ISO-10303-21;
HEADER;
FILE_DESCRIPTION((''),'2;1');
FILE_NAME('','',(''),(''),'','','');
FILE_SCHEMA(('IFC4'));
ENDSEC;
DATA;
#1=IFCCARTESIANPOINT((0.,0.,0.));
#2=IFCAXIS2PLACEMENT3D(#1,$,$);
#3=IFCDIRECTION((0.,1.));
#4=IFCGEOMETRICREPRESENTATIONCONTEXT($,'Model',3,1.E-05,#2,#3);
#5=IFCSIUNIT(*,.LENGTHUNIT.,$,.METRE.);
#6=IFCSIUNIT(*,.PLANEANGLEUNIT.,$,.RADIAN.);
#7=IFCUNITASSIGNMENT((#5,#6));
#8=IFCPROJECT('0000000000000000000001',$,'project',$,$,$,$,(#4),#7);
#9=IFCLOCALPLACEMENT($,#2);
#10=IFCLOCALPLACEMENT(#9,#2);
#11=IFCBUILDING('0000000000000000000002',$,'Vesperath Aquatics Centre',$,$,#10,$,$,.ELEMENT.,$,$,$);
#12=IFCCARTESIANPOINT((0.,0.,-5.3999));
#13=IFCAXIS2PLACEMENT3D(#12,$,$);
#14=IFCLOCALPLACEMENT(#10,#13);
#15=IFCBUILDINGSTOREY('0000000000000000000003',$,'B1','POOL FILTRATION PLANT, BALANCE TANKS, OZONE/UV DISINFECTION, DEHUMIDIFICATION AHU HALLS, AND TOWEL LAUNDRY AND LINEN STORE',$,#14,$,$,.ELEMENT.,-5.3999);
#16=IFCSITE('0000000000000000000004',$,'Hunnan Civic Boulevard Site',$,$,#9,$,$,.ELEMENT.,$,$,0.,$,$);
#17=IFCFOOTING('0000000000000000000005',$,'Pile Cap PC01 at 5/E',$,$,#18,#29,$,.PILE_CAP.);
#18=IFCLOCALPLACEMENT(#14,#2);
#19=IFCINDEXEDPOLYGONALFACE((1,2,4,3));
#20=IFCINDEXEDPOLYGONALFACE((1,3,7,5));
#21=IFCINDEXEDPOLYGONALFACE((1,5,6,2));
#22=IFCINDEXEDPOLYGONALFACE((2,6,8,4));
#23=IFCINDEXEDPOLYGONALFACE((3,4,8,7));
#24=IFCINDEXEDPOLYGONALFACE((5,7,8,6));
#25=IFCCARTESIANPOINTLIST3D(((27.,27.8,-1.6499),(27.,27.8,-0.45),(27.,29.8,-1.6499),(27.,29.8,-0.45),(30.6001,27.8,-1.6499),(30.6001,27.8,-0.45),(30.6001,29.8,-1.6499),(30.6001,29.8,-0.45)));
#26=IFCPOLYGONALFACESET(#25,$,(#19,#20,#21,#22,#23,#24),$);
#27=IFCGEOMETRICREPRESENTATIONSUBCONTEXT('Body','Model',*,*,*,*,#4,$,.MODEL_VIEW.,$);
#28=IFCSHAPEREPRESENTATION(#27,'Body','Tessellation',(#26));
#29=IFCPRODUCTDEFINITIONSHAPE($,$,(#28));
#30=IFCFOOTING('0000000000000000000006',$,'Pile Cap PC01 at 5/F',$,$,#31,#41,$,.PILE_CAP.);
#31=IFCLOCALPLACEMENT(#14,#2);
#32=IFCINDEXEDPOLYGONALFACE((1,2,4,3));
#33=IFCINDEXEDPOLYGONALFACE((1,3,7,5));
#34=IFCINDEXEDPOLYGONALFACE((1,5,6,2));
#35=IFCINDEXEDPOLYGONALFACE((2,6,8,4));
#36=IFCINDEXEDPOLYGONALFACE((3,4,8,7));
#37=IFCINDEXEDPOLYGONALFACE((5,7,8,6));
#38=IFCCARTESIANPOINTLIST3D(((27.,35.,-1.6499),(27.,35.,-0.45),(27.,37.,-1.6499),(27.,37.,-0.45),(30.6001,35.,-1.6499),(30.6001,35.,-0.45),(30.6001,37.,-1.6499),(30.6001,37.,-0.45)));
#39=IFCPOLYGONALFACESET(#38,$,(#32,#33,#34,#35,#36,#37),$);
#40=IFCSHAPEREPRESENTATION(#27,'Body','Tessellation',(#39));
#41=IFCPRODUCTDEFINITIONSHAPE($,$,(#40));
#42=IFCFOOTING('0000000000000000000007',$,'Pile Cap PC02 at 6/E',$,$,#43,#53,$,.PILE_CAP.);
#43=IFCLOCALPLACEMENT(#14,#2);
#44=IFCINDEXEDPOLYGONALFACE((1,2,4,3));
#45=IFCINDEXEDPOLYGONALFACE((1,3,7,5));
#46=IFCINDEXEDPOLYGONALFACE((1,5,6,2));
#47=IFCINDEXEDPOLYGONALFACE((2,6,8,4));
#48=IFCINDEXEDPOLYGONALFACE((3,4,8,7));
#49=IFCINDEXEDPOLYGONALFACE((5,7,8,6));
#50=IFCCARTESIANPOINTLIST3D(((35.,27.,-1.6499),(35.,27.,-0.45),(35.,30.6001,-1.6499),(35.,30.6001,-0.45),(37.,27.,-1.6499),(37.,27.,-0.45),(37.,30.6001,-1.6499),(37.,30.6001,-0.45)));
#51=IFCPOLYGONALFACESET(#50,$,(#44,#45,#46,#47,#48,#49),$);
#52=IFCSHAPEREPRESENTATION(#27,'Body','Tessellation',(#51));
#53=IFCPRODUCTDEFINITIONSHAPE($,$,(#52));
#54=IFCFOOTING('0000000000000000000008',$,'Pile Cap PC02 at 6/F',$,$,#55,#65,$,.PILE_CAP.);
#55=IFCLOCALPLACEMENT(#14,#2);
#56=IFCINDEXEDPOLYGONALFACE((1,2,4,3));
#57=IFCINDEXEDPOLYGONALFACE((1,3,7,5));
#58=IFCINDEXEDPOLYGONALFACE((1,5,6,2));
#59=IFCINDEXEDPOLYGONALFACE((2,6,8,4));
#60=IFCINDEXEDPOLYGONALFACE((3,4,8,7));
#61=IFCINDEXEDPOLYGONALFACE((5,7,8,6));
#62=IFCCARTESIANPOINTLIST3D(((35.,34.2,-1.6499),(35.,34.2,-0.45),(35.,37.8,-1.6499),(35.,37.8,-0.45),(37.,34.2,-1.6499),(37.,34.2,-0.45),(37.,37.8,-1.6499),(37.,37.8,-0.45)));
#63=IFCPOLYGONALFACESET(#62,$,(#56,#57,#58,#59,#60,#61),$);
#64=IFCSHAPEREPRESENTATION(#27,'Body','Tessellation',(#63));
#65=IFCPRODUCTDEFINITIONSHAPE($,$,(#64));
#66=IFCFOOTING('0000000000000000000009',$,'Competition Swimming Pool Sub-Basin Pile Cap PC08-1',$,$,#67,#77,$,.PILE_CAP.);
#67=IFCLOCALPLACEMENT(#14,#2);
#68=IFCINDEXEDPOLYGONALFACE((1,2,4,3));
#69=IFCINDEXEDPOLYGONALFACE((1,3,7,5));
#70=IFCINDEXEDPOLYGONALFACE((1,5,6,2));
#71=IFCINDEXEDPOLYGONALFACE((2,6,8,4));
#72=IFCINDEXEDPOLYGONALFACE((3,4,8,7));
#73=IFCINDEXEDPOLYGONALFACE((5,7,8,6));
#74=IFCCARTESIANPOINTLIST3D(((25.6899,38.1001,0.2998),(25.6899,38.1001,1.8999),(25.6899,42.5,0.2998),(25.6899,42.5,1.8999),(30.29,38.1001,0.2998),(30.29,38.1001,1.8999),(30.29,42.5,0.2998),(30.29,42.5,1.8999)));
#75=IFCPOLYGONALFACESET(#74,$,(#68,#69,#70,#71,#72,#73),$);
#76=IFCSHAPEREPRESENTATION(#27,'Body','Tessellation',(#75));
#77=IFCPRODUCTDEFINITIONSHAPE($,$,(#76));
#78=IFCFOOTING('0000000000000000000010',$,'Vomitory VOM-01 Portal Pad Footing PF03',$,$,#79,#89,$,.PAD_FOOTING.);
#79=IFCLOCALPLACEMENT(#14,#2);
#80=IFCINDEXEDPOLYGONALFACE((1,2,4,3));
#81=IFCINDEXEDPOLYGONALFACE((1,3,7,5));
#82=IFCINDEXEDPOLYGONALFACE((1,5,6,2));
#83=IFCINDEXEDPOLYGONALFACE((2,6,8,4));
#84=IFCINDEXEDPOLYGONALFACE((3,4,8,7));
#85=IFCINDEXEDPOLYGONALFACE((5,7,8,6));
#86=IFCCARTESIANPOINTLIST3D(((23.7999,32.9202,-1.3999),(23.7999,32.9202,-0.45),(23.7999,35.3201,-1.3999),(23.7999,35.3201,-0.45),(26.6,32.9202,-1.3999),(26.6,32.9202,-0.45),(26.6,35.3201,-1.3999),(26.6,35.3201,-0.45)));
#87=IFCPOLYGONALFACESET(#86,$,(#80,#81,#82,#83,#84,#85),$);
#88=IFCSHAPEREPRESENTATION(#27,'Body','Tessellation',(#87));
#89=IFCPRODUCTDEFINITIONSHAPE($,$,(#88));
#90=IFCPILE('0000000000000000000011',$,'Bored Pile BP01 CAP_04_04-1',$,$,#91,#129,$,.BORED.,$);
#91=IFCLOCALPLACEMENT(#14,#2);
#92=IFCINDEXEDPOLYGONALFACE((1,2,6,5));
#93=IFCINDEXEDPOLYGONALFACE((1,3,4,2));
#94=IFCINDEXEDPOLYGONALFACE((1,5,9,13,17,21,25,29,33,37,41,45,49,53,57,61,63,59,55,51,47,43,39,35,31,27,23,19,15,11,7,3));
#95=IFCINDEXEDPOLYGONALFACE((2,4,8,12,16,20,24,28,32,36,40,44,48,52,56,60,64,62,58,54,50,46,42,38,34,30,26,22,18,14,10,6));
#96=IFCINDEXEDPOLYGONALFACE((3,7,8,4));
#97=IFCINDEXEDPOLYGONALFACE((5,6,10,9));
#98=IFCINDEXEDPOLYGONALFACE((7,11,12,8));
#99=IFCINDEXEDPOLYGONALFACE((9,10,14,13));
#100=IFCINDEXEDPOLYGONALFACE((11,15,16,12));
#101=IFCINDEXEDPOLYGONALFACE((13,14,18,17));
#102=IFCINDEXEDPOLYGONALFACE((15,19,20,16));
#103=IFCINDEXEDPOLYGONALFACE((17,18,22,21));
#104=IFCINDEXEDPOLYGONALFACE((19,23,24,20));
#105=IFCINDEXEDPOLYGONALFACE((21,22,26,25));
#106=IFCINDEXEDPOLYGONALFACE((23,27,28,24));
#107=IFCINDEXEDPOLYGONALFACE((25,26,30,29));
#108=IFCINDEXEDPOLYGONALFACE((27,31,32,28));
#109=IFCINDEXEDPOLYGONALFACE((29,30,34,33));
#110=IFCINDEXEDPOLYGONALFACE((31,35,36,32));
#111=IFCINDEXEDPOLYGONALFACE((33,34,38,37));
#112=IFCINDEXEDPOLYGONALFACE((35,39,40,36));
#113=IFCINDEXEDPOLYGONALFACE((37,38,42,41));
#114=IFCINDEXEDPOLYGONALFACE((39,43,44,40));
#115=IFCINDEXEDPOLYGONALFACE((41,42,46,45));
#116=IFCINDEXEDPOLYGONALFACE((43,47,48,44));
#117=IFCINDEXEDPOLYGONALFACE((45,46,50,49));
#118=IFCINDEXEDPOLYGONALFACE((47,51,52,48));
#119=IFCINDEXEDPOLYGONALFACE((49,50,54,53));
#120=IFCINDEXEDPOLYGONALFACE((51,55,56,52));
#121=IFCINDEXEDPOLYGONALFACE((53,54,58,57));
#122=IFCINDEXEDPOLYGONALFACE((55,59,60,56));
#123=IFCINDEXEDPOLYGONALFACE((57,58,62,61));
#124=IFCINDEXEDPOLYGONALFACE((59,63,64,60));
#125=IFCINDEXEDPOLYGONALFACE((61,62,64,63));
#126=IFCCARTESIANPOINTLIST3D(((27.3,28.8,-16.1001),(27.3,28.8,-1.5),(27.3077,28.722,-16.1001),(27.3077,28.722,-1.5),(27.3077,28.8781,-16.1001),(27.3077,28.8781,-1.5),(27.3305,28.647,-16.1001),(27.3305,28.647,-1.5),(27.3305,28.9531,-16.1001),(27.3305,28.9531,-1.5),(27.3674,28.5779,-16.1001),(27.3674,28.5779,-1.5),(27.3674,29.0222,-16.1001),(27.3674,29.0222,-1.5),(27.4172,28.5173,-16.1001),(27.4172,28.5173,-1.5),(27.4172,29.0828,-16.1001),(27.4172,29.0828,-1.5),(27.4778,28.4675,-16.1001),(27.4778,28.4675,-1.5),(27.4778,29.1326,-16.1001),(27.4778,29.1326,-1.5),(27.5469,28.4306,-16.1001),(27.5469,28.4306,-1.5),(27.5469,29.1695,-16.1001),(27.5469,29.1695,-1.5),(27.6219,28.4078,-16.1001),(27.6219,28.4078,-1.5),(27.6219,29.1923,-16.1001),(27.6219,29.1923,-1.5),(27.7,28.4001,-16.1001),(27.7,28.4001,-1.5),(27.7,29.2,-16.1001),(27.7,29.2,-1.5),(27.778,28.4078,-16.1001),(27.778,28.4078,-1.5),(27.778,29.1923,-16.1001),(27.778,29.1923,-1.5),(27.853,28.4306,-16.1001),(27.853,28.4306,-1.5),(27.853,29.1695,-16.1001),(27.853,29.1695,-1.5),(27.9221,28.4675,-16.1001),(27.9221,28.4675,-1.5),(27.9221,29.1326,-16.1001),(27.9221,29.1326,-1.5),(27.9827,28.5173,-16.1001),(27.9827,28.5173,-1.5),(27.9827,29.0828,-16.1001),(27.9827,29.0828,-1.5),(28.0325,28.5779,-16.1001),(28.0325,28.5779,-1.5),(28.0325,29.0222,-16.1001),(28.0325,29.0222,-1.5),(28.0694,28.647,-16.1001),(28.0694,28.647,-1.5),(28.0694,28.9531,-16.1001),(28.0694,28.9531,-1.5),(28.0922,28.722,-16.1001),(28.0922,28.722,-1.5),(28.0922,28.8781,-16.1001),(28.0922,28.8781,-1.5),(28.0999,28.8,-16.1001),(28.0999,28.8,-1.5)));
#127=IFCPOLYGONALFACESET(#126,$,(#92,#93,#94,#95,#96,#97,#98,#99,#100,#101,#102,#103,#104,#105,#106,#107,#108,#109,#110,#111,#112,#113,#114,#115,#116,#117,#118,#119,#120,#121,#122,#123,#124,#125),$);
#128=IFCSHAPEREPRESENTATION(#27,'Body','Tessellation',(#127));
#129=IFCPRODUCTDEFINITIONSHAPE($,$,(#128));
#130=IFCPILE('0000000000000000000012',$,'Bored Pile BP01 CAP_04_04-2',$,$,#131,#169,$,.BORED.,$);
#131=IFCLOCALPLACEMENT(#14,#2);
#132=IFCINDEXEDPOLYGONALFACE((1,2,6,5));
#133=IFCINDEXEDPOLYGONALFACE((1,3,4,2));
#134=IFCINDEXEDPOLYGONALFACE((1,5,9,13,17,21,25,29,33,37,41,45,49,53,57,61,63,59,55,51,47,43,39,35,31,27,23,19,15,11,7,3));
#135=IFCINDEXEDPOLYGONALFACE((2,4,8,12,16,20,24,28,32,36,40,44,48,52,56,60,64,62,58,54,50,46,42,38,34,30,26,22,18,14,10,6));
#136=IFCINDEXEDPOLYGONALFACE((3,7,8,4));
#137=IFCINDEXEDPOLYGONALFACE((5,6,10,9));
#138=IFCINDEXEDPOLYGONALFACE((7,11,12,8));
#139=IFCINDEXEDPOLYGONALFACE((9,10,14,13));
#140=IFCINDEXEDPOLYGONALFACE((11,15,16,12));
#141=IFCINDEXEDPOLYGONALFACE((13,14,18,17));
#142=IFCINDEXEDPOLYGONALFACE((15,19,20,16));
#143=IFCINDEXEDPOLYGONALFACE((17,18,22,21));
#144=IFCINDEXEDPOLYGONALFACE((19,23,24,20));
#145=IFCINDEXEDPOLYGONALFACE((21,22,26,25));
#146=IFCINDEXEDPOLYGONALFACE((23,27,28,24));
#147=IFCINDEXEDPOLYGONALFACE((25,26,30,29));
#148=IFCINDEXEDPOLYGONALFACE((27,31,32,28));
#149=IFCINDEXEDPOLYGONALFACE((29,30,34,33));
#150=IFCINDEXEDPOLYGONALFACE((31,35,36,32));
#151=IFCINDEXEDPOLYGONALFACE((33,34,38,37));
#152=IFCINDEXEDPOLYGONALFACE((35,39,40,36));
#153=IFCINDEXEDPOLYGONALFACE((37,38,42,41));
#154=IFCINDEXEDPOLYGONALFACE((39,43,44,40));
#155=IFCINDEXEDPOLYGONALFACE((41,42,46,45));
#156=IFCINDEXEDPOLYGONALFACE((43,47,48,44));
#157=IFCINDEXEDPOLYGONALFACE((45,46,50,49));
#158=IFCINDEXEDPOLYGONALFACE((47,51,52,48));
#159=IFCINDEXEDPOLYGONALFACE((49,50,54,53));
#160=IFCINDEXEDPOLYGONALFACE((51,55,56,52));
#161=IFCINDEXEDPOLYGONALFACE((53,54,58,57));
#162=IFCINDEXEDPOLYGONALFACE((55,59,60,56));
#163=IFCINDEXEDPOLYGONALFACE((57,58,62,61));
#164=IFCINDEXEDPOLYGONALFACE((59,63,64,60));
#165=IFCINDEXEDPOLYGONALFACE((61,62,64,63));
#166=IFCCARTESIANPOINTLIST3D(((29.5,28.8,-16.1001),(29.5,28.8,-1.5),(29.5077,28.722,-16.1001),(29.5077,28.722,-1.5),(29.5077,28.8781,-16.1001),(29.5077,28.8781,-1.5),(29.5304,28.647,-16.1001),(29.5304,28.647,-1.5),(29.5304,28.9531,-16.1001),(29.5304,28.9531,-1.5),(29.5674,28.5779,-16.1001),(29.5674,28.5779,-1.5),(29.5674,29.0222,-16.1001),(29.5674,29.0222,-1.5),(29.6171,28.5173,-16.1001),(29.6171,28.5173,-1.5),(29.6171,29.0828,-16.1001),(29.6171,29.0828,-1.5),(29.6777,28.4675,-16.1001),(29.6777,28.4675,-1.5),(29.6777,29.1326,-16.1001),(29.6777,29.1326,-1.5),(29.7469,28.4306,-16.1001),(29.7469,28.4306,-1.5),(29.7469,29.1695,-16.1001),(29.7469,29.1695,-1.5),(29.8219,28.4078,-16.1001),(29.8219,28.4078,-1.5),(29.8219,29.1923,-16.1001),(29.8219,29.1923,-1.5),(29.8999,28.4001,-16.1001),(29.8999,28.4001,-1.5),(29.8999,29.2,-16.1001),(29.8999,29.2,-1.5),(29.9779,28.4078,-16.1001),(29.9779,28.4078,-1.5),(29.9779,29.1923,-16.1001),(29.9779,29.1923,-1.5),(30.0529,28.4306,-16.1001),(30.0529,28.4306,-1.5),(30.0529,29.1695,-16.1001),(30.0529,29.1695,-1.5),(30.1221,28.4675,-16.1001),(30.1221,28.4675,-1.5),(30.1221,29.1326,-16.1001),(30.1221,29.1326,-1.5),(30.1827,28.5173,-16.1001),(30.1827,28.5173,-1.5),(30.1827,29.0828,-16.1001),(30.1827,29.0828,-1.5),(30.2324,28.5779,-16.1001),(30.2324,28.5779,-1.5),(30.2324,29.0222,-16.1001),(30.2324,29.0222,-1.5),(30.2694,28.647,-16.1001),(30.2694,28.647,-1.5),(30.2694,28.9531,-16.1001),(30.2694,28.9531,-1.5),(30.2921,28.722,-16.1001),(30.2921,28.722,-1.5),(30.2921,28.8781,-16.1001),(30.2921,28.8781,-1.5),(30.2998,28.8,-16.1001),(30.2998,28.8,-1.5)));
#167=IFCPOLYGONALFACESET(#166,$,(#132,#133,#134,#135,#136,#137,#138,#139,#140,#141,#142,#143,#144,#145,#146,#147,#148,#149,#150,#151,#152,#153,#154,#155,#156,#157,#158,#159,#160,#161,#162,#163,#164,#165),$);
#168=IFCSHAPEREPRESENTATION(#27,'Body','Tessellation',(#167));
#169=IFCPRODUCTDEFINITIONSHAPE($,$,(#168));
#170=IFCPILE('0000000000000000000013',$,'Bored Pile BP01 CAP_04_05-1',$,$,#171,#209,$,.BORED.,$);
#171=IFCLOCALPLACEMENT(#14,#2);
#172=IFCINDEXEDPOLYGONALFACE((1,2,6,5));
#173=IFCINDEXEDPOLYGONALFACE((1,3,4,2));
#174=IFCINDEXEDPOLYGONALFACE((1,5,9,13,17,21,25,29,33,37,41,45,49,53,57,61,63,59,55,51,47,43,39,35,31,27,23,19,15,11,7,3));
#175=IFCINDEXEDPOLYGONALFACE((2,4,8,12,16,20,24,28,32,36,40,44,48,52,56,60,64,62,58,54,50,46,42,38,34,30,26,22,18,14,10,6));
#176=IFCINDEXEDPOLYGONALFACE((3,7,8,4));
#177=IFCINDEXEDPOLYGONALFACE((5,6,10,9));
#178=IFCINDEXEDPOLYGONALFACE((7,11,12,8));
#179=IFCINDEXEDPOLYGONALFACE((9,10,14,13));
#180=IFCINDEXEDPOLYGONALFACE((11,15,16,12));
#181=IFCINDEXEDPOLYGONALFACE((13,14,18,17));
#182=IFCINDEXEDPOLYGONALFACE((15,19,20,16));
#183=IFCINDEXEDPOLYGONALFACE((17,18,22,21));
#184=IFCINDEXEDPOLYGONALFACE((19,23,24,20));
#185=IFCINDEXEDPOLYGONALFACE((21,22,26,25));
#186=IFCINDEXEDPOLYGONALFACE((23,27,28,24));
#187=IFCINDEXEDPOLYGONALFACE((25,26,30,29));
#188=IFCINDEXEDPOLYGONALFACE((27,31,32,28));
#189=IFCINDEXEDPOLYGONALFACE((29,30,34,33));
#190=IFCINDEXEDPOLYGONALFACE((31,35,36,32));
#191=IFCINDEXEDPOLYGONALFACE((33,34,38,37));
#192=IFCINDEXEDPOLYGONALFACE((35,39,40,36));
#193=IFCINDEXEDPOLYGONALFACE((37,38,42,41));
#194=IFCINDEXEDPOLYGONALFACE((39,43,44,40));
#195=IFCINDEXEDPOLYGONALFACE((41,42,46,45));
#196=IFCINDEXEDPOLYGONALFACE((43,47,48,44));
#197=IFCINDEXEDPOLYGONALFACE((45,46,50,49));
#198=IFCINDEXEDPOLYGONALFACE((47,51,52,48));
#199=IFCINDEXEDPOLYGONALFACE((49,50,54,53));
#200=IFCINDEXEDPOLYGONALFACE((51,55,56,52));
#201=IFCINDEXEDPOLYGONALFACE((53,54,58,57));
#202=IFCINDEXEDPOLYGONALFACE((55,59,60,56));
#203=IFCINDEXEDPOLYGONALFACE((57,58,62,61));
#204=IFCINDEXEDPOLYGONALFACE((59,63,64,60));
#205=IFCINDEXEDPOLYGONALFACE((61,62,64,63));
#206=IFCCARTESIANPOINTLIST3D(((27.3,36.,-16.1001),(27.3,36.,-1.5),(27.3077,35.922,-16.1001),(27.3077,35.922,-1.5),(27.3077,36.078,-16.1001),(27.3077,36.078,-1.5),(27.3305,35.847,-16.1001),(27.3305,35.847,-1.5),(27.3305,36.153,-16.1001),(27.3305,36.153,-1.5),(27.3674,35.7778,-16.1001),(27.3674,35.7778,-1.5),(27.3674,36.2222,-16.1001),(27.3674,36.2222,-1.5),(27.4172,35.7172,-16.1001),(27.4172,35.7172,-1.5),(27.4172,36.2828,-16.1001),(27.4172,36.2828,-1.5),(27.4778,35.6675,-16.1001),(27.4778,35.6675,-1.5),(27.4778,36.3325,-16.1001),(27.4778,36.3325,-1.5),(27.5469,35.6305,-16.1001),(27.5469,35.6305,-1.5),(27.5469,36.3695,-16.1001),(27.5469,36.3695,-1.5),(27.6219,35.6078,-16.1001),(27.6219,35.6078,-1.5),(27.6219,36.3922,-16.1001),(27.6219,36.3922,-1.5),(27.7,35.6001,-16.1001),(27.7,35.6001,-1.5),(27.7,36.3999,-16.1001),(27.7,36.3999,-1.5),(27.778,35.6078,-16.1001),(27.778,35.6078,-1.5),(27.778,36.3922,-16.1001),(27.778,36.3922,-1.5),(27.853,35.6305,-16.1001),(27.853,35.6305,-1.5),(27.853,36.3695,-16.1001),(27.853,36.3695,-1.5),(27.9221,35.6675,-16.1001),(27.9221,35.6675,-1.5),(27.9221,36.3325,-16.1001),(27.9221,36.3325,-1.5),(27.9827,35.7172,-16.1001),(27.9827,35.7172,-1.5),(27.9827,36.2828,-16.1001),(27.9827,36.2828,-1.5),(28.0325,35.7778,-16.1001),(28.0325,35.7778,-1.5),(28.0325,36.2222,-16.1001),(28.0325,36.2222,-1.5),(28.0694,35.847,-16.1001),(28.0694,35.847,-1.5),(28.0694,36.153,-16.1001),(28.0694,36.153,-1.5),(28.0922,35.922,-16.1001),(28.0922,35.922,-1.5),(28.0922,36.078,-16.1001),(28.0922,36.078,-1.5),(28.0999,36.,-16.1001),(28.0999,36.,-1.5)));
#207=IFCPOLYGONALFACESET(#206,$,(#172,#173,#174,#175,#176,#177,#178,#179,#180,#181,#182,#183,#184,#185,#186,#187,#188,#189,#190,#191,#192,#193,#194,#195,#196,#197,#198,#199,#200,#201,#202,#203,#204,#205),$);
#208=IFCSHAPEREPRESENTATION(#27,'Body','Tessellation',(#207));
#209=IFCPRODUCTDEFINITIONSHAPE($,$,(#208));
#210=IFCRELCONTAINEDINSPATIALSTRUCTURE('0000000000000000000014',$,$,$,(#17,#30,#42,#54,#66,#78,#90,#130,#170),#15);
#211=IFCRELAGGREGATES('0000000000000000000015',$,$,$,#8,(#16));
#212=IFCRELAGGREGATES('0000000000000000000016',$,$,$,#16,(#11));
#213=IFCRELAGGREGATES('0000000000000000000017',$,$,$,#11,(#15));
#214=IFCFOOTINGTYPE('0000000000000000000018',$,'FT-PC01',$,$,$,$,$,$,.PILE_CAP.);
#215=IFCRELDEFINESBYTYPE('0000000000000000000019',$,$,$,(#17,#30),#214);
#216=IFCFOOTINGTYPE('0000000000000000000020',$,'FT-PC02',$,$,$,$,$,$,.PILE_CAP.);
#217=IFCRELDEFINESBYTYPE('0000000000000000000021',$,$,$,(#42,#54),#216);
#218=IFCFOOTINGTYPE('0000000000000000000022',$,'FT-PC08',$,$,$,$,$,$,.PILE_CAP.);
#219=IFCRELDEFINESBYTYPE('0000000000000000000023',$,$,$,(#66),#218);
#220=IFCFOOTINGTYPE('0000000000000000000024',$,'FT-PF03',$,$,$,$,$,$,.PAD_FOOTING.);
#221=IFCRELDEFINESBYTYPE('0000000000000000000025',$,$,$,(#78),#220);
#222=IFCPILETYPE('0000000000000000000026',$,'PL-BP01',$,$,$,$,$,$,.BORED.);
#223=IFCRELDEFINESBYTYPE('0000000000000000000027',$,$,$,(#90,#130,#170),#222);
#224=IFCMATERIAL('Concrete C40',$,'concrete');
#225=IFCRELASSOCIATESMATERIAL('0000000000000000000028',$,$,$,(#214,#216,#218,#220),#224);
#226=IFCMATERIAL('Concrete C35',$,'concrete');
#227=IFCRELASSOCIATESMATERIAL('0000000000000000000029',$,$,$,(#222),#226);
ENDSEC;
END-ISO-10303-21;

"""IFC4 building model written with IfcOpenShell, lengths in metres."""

from ifc_helpers import new_model, si_unit, direction, frame, origin, origin_2d, place, context, subcontext, project, spatial, rectangle, circle, extrude, material, material_profile, profile_set, type_object, element, save


model = new_model("IFC4")

# Units and contexts
model_context = context("Model", 3, precision=1e-05, world=origin(), true_north=direction((0.0, 1.0)))
body_context = subcontext(model_context, "Body", "Model", "MODEL_VIEW")
ifc_project = project(units=[si_unit("LENGTHUNIT", "METRE"), si_unit("PLANEANGLEUNIT", "RADIAN")], contexts=[model_context])

# Site, building, storey
site_placement = place(None, origin())
site = spatial("IfcSite", under=ifc_project, at=site_placement, Name="Hunnan Civic Boulevard Site", CompositionType="ELEMENT", RefElevation=0.0)
building_placement = place(site_placement, origin())
building = spatial("IfcBuilding", under=site, at=building_placement, Name="Vesperath Aquatics Centre", CompositionType="ELEMENT")
storey_placement = place(building_placement, frame((0.0, 0.0, -5.3999)))
storey = spatial("IfcBuildingStorey", under=building, at=storey_placement, Name="B1", Description="POOL FILTRATION PLANT, BALANCE TANKS, OZONE/UV DISINFECTION, DEHUMIDIFICATION AHU HALLS, AND TOWEL LAUNDRY AND LINEN STORE", CompositionType="ELEMENT", Elevation=-5.3999)

# Footings
ifc_material_1 = material(Name="Concrete C40", Category="concrete")
footing_type_1 = type_object("IfcFootingType", Name="FT-PC01", PredefinedType="PILE_CAP", material=ifc_material_1)
for number, where, z_axis, x_axis, name in (
    (1, (28.8, 28.8, -1.6499), (0.0, 0.0, 1.0), (1.0, 0.0, 0.0), "Pile Cap PC01 at 5/E"),
    (2, (28.8, 36.0, -1.6499), (0.0, 0.0, 1.0), (1.0, 0.0, 0.0), "Pile Cap PC01 at 5/F"),
):
    element("IfcFooting", number, at=place(storey_placement, frame(where, z_axis=z_axis, x_axis=x_axis)), inside=storey, type_object=footing_type_1, Name=name, PredefinedType="PILE_CAP", context=body_context, shape_type="SweptSolid", body=[
        extrude(rectangle(XDim=3.6001, YDim=2.0, at=origin_2d()), origin(), (0.0, 0.0, 1.0), 1.2),
    ])
footing_type_2 = type_object("IfcFootingType", Name="FT-PC02", PredefinedType="PILE_CAP", material=ifc_material_1)
for number, where, z_axis, x_axis, name in (
    (3, (36.0, 28.8, -1.6499), (0.0, 0.0, 1.0), (1.0, 0.0, 0.0), "Pile Cap PC02 at 6/E"),
    (4, (36.0, 36.0, -1.6499), (0.0, 0.0, 1.0), (1.0, 0.0, 0.0), "Pile Cap PC02 at 6/F"),
):
    element("IfcFooting", number, at=place(storey_placement, frame(where, z_axis=z_axis, x_axis=x_axis)), inside=storey, type_object=footing_type_2, Name=name, PredefinedType="PILE_CAP", context=body_context, shape_type="SweptSolid", body=[
        extrude(rectangle(XDim=2.0, YDim=3.6001, at=origin_2d()), origin(), (0.0, 0.0, 1.0), 1.2),
    ])
footing_type_3 = type_object("IfcFootingType", Name="FT-PC08", PredefinedType="PILE_CAP", material=ifc_material_1)
footing_1_placement = place(storey_placement, frame((27.99, 40.3, 0.2998), z_axis=(0.0, 0.0, 1.0), x_axis=(1.0, 0.0, 0.0)))
element("IfcFooting", 5, at=footing_1_placement, inside=storey, type_object=footing_type_3, Name="Competition Swimming Pool Sub-Basin Pile Cap PC08-1", PredefinedType="PILE_CAP", context=body_context, shape_type="SweptSolid", body=[
    extrude(rectangle(XDim=4.6001, YDim=4.3999, at=origin_2d()), origin(), (0.0, 0.0, 1.0), 1.6001),
])
footing_type_4 = type_object("IfcFootingType", Name="FT-PF03", PredefinedType="PAD_FOOTING", material=ifc_material_1)
footing_2_placement = place(storey_placement, frame((25.2, 34.1201, -1.3999), z_axis=(0.0, 0.0, 1.0), x_axis=(1.0, 0.0, 0.0)))
element("IfcFooting", 6, at=footing_2_placement, inside=storey, type_object=footing_type_4, Name="Vomitory VOM-01 Portal Pad Footing PF03", PredefinedType="PAD_FOOTING", context=body_context, shape_type="SweptSolid", body=[
    extrude(rectangle(XDim=2.8, YDim=2.3999, at=origin_2d()), origin(), (0.0, 0.0, 1.0), 0.95),
])

# Piles
ifc_material_2 = material(Name="Concrete C35", Category="concrete")
ifc_material_profile_1 = material_profile(ifc_material_2, circle(Radius=0.3999, at=origin_2d()), Name="PILE D800")
ifc_profile_set_1 = profile_set([ifc_material_profile_1], Name="Concrete C35")
pile_type = type_object("IfcPileType", Name="PL-BP01", PredefinedType="BORED", material=ifc_profile_set_1)
for number, where, z_axis, x_axis, name in (
    (7, (27.7, 28.8, -1.5), (0.0, 0.0, -1.0), (1.0, 0.0, 0.0), "Bored Pile BP01 CAP_04_04-1"),
    (8, (29.8999, 28.8, -1.5), (0.0, 0.0, -1.0), (1.0, 0.0, 0.0), "Bored Pile BP01 CAP_04_04-2"),
    (9, (27.7, 36.0, -1.5), (0.0, 0.0, -1.0), (1.0, 0.0, 0.0), "Bored Pile BP01 CAP_04_05-1"),
):
    element("IfcPile", number, at=place(storey_placement, frame(where, z_axis=z_axis, x_axis=x_axis)), inside=storey, type_object=pile_type, Name=name, PredefinedType="BORED", context=body_context, shape_type="SweptSolid", body=[
        extrude(circle(Radius=0.3999, at=origin_2d()), origin(), (0.0, 0.0, 1.0), 14.6001),
    ])

save(model, "model.ifc")
